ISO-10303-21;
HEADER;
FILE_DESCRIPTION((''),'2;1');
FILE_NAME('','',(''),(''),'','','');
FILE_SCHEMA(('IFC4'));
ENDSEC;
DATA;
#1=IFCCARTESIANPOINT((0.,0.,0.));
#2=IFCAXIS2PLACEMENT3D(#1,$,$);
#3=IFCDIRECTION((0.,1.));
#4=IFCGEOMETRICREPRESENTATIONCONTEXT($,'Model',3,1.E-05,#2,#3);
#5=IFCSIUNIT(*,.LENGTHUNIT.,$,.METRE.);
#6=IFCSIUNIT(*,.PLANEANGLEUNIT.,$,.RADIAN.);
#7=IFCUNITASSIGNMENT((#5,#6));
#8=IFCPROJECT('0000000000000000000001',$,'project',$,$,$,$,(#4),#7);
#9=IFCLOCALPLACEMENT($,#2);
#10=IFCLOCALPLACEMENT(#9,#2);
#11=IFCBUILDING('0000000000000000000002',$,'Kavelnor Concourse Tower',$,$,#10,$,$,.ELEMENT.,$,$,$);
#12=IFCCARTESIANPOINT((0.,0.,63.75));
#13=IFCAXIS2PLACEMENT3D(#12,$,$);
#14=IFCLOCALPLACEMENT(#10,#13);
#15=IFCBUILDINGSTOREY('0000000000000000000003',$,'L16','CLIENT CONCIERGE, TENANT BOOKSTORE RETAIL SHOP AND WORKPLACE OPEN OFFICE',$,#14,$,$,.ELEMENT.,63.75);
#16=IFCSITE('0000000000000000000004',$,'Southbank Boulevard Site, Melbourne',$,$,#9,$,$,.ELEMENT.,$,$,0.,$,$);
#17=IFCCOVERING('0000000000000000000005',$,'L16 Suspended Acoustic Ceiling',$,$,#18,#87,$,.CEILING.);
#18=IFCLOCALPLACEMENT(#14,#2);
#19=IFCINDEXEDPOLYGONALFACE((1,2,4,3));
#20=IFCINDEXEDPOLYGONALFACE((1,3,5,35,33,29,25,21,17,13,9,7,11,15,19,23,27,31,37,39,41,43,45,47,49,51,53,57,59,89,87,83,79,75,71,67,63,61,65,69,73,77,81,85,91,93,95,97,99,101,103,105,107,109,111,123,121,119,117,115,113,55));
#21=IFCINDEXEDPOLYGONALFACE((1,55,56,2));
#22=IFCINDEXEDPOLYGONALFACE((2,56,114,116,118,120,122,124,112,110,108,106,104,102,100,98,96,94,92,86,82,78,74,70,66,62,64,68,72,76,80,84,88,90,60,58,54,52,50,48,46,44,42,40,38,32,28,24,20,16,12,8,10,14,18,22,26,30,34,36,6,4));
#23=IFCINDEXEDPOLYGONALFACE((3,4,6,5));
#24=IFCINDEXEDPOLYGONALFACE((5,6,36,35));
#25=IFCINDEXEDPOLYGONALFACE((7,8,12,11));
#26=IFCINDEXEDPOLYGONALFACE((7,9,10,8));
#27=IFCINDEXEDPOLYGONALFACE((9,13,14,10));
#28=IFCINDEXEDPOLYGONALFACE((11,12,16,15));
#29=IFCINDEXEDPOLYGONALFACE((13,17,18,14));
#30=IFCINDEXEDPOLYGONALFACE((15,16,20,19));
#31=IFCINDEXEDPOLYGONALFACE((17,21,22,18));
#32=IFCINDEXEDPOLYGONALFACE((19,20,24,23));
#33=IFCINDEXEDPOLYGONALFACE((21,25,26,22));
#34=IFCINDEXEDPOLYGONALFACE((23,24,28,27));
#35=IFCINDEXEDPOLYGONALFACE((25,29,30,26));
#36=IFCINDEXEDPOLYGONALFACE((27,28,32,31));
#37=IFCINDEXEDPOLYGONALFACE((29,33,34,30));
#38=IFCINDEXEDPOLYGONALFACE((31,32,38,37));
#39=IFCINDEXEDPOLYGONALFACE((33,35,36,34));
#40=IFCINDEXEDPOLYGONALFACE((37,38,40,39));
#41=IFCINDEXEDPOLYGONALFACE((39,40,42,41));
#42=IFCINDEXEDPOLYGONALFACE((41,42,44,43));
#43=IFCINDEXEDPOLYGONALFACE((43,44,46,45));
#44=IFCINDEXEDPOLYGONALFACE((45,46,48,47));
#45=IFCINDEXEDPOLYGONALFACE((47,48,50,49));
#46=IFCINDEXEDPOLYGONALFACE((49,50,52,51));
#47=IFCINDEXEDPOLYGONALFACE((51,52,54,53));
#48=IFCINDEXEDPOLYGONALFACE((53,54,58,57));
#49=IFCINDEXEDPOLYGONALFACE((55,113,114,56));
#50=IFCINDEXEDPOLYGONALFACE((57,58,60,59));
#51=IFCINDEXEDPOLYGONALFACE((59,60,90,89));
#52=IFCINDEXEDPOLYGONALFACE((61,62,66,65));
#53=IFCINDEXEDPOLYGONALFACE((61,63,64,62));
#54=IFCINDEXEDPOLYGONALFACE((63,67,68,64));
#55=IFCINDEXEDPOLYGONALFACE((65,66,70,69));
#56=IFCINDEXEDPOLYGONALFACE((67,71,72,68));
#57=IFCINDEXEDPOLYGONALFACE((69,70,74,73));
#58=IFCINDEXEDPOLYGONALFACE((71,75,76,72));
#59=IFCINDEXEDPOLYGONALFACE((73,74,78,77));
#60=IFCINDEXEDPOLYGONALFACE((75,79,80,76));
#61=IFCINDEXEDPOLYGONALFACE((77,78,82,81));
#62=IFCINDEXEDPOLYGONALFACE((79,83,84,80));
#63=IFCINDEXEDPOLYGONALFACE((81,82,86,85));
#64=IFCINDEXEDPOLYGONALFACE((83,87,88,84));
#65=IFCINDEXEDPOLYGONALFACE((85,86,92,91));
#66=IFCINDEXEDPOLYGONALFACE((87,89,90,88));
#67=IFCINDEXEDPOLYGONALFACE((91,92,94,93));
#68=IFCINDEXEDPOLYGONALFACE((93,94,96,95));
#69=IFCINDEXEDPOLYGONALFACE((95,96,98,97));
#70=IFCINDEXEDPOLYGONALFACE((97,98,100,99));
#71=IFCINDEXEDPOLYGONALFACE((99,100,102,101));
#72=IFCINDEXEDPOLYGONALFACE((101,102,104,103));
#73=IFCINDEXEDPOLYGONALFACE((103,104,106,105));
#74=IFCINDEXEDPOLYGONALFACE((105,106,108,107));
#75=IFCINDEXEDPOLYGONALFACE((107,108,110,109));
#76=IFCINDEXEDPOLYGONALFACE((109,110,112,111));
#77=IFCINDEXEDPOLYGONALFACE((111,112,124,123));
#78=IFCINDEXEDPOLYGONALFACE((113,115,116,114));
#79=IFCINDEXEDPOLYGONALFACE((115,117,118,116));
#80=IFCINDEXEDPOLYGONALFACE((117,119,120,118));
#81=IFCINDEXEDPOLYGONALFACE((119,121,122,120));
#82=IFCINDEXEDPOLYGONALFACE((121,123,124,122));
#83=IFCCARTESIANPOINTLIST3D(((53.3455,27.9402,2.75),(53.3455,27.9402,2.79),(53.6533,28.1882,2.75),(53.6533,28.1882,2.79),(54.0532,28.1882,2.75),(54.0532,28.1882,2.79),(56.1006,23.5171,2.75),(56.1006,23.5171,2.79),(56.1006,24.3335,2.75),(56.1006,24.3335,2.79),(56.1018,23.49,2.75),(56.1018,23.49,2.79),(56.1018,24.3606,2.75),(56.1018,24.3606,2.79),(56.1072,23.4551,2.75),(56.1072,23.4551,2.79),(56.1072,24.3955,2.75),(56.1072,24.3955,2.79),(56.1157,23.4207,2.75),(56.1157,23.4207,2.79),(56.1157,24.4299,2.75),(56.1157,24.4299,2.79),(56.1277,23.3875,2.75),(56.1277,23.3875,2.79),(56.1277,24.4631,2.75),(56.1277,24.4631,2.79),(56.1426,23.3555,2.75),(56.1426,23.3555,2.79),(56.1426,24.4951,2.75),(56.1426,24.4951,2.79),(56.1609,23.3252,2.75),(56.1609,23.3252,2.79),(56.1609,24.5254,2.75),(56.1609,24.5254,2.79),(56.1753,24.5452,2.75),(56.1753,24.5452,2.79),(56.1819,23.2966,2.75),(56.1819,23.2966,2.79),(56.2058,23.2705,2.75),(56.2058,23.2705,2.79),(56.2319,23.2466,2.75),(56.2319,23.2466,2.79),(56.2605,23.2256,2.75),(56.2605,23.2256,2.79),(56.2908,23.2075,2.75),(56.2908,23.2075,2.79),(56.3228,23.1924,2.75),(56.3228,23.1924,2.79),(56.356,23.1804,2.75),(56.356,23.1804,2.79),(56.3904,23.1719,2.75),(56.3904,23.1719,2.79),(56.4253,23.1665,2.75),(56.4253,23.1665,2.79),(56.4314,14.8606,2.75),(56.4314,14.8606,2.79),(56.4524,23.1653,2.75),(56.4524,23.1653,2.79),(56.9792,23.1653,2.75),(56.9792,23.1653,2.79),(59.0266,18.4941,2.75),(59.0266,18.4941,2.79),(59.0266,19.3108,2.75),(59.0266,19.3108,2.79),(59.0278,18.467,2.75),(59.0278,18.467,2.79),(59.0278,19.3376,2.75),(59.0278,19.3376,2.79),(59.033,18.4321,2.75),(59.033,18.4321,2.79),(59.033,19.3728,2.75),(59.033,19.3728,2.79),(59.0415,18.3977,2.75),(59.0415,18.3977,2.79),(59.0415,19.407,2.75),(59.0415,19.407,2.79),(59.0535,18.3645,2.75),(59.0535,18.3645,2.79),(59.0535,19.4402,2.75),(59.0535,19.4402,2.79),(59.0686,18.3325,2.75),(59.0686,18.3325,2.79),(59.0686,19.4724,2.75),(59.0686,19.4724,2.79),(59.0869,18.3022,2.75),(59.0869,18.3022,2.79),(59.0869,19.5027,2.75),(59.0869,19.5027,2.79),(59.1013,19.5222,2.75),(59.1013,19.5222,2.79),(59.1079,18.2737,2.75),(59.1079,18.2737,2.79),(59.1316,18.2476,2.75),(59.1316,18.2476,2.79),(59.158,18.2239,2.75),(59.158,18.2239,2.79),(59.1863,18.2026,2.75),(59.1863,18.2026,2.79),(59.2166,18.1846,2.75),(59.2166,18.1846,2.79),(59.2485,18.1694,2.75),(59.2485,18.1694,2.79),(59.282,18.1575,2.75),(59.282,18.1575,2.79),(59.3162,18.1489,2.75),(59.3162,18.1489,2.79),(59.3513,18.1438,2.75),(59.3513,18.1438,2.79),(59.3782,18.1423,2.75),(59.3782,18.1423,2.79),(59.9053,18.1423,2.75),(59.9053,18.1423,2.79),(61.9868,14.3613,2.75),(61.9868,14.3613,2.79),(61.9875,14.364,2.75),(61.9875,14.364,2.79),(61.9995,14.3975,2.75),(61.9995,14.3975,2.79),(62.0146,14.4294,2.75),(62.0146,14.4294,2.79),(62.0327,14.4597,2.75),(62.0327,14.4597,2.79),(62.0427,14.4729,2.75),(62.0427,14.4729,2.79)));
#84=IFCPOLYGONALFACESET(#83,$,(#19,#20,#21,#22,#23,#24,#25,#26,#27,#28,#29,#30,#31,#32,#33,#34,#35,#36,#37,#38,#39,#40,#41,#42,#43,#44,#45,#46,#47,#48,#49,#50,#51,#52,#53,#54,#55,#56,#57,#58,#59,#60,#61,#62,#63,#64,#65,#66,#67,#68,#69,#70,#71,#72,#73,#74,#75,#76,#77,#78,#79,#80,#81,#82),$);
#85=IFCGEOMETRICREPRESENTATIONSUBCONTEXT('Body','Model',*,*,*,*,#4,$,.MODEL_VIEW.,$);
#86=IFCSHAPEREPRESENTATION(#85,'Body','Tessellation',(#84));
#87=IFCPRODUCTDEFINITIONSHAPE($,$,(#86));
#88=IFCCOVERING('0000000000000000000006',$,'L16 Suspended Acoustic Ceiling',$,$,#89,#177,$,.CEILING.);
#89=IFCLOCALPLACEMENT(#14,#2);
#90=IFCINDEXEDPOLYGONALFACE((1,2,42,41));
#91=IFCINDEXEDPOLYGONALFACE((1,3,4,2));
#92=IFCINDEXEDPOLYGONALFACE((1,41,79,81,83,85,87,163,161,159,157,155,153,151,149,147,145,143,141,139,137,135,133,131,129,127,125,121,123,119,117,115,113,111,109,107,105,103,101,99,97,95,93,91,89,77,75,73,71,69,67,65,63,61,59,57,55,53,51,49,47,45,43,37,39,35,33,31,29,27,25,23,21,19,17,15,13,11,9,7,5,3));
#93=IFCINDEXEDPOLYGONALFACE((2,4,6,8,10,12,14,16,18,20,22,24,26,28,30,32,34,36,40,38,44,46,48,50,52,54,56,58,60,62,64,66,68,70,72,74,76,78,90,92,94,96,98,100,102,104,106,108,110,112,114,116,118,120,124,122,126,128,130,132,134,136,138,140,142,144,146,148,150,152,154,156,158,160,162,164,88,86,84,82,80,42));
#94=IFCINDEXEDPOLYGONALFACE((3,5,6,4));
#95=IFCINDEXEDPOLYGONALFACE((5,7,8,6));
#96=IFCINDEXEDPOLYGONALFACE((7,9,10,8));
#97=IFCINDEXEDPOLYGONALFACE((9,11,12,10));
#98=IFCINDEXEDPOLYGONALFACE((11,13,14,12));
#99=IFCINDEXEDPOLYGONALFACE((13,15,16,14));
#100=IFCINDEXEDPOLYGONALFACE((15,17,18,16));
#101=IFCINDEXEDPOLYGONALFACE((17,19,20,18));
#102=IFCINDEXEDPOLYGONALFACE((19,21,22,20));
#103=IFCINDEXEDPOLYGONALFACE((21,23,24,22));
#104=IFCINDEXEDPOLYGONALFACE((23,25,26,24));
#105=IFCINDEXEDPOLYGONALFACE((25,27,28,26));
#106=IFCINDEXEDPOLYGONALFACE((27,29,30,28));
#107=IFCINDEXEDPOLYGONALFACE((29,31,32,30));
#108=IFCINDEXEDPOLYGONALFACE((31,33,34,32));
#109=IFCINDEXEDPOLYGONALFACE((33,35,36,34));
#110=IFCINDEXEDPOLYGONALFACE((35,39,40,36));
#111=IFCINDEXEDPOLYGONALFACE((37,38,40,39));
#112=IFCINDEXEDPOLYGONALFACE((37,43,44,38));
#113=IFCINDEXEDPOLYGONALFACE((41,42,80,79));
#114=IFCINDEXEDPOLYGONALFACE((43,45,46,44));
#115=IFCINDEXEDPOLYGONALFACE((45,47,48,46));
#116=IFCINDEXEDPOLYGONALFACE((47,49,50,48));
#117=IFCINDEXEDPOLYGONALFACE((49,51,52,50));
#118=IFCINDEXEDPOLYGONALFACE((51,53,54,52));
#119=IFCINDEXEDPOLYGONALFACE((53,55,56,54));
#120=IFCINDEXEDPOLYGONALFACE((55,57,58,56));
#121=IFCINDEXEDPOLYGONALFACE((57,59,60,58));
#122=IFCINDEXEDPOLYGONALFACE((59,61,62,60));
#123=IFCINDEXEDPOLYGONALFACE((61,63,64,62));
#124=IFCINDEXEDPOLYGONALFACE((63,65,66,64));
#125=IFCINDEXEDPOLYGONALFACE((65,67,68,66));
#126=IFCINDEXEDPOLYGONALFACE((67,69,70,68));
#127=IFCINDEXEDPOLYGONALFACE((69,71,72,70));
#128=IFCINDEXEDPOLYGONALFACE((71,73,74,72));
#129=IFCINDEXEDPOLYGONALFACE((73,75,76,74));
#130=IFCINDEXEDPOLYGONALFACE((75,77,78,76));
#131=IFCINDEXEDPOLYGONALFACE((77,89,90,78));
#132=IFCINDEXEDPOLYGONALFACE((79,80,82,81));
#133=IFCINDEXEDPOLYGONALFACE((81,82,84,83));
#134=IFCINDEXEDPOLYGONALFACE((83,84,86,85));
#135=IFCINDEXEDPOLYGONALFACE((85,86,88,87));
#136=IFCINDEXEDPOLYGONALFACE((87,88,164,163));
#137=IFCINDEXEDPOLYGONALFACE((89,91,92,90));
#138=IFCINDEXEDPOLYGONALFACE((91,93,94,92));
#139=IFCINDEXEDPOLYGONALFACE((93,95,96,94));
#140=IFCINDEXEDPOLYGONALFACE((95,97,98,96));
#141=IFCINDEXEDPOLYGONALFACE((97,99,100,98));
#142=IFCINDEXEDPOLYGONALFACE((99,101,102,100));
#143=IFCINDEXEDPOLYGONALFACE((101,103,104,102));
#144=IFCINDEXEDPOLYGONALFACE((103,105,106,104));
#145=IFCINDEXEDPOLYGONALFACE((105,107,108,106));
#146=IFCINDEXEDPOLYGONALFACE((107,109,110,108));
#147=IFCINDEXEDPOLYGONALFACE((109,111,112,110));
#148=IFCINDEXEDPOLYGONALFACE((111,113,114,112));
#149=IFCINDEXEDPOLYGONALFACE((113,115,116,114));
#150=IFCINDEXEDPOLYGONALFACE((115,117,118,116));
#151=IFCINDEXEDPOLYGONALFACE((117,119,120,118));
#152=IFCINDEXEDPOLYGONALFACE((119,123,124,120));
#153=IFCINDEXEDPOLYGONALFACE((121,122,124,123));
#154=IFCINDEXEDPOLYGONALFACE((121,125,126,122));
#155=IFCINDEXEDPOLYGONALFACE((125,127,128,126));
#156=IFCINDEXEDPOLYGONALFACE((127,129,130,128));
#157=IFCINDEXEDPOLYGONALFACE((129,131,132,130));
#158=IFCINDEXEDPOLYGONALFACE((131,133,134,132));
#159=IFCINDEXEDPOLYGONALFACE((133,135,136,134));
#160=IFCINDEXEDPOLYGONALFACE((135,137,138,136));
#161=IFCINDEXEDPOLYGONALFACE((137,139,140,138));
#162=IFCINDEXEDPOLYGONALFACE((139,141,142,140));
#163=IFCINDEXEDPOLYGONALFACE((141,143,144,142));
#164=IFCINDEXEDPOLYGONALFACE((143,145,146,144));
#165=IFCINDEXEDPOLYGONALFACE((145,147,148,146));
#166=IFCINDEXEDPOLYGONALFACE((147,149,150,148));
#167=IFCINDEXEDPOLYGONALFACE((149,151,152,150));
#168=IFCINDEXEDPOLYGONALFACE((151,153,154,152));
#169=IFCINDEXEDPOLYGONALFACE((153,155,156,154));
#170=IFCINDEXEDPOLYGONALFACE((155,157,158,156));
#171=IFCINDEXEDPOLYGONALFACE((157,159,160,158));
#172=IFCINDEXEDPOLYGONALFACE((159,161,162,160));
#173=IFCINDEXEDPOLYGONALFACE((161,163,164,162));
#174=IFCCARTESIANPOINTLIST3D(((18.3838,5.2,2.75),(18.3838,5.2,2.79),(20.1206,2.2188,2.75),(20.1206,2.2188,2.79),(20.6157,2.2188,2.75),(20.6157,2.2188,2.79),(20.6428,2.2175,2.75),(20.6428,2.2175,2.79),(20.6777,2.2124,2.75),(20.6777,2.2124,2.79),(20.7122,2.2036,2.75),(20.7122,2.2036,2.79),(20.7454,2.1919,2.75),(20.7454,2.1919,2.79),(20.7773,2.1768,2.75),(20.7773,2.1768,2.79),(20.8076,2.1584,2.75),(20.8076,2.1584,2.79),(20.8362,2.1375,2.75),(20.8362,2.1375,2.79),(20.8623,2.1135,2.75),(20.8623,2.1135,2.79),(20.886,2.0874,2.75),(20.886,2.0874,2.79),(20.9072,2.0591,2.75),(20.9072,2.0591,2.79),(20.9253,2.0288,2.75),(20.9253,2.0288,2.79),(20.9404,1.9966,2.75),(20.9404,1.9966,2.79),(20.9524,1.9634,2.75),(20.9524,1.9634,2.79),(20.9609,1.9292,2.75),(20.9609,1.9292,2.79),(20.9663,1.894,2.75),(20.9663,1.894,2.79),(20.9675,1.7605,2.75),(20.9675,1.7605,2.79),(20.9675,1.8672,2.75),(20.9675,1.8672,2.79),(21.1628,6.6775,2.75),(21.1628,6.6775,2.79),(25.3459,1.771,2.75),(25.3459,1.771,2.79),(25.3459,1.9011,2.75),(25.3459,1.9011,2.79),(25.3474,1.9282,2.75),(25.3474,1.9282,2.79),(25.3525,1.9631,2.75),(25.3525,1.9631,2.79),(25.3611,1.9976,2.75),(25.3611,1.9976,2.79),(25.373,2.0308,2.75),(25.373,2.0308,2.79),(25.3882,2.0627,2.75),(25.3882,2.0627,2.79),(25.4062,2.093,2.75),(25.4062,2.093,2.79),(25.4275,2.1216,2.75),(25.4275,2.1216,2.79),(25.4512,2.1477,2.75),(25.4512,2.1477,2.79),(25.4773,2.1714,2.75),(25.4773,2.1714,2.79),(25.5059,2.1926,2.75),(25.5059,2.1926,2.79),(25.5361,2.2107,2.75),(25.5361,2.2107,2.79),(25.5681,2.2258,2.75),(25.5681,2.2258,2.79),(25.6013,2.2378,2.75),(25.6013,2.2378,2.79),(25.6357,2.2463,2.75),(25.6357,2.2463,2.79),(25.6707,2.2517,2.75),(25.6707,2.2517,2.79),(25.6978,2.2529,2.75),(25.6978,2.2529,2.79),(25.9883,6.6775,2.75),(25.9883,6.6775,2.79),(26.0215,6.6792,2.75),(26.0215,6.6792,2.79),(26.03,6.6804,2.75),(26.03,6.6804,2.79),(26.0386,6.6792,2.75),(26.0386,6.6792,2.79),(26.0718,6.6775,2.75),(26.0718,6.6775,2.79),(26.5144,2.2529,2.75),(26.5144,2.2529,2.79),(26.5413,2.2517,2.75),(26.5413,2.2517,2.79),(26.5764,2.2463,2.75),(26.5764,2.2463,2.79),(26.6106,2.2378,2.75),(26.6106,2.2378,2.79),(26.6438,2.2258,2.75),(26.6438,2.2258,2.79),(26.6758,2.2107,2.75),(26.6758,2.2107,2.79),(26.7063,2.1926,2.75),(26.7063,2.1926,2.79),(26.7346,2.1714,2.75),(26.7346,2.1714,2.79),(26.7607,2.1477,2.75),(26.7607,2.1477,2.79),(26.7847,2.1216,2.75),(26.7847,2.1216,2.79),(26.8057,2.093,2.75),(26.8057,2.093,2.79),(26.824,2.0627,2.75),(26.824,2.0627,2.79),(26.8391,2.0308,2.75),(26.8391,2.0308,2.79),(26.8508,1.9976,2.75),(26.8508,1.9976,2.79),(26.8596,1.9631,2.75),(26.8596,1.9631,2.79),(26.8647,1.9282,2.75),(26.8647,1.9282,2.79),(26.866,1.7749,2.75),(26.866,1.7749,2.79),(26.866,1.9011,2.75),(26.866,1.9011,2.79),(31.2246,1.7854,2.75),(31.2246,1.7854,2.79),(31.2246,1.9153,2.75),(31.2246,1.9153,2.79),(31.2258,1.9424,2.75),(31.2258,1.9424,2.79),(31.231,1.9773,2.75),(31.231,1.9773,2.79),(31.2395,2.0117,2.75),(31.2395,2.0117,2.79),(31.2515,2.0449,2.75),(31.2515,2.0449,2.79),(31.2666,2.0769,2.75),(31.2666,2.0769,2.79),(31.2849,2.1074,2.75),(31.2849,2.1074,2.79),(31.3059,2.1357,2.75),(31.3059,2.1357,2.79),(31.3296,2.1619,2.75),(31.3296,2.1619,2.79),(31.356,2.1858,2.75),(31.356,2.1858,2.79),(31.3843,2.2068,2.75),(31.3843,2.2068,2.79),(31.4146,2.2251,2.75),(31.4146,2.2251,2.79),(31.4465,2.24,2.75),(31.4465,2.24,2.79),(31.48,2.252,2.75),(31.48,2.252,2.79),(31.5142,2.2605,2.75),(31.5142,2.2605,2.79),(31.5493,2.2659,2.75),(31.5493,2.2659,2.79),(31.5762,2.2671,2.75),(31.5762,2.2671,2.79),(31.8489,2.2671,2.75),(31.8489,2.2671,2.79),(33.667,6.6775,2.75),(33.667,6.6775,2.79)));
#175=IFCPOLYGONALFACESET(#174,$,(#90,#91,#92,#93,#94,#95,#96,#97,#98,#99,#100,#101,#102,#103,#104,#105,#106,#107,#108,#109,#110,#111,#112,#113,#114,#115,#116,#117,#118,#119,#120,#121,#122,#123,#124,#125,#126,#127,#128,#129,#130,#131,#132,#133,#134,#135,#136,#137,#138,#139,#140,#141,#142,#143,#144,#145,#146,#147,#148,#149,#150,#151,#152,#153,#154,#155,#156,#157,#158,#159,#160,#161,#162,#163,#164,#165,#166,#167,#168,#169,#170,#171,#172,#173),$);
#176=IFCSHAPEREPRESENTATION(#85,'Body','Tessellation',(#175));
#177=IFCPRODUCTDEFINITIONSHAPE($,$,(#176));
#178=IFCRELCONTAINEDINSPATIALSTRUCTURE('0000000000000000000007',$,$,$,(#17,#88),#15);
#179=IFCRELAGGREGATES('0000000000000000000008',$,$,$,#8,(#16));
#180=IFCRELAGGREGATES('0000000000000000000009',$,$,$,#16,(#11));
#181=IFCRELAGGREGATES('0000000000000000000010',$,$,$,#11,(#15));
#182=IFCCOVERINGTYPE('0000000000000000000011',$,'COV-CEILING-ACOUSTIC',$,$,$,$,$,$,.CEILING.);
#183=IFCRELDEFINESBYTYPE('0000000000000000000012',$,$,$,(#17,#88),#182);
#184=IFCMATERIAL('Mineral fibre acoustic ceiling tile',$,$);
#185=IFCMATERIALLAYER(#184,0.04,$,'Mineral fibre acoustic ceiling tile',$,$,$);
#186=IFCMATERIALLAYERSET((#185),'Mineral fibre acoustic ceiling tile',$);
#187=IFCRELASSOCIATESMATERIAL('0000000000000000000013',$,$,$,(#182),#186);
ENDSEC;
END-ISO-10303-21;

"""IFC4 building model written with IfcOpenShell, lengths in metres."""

from ifc_helpers import new_model, si_unit, direction, frame, origin, place, context, subcontext, project, spatial, polyline, outline, extrude, material, layer, layer_set, type_object, element, save


model = new_model("IFC4")

# Units and contexts
model_context = context("Model", 3, precision=1e-05, world=origin(), true_north=direction((0.0, 1.0)))
body_context = subcontext(model_context, "Body", "Model", "MODEL_VIEW")
ifc_project = project(units=[si_unit("LENGTHUNIT", "METRE"), si_unit("PLANEANGLEUNIT", "RADIAN")], contexts=[model_context])

# Site, building, storey
site_placement = place(None, origin())
site = spatial("IfcSite", under=ifc_project, at=site_placement, Name="Southbank Boulevard Site, Melbourne", CompositionType="ELEMENT", RefElevation=0.0)
building_placement = place(site_placement, origin())
building = spatial("IfcBuilding", under=site, at=building_placement, Name="Kavelnor Concourse Tower", CompositionType="ELEMENT")
storey_placement = place(building_placement, frame((0.0, 0.0, 63.75)))
storey = spatial("IfcBuildingStorey", under=building, at=storey_placement, Name="L16", Description="CLIENT CONCIERGE, TENANT BOOKSTORE RETAIL SHOP AND WORKPLACE OPEN OFFICE", CompositionType="ELEMENT", Elevation=63.75)

# Coverings
ifc_material_1 = material(Name="Mineral fibre acoustic ceiling tile")
ifc_layer_1 = layer(ifc_material_1, 0.04, Name="Mineral fibre acoustic ceiling tile")
ifc_layer_set_1 = layer_set([ifc_layer_1], Name="Mineral fibre acoustic ceiling tile")
covering_type_1 = type_object("IfcCoveringType", Name="COV-CEILING-ACOUSTIC", PredefinedType="CEILING", material=ifc_layer_set_1)
covering_1_placement = place(storey_placement, frame((0.0, 0.0, 2.75)))
element("IfcCovering", 1, at=covering_1_placement, inside=storey, type_object=covering_type_1, Name="L16 Suspended Acoustic Ceiling", PredefinedType="CEILING", context=body_context, shape_type="SweptSolid", body=[
    extrude(outline(polyline([(54.0532, 28.1882), (56.1753, 24.5452), (56.1609, 24.5254), (56.1426, 24.4951), (56.1277, 24.4631), (56.1157, 24.4299), (56.1072, 24.3955), (56.1018, 24.3606), (56.1006, 24.3335), (56.1006, 23.5171), (56.1018, 23.49), (56.1072, 23.4551), (56.1157, 23.4207), (56.1277, 23.3875), (56.1426, 23.3555), (56.1609, 23.3252), (56.1819, 23.2966), (56.2058, 23.2705), (56.2319, 23.2466), (56.2605, 23.2256), (56.2908, 23.2075), (56.3228, 23.1924), (56.356, 23.1804), (56.3904, 23.1719), (56.4253, 23.1665), (56.4524, 23.1653), (56.9792, 23.1653), (59.1013, 19.5222), (59.0869, 19.5027), (59.0686, 19.4724), (59.0535, 19.4402), (59.0415, 19.407), (59.033, 19.3728), (59.0278, 19.3376), (59.0266, 19.3108), (59.0266, 18.4941), (59.0278, 18.467), (59.033, 18.4321), (59.0415, 18.3977), (59.0535, 18.3645), (59.0686, 18.3325), (59.0869, 18.3022), (59.1079, 18.2737), (59.1316, 18.2476), (59.158, 18.2239), (59.1863, 18.2026), (59.2166, 18.1846), (59.2485, 18.1694), (59.282, 18.1575), (59.3162, 18.1489), (59.3513, 18.1438), (59.3782, 18.1423), (59.9053, 18.1423), (62.0427, 14.4729), (62.0327, 14.4597), (62.0146, 14.4294), (61.9995, 14.3975), (61.9875, 14.364), (61.9868, 14.3613), (56.4314, 14.8606), (53.3455, 27.9402), (53.6533, 28.1882), (54.0532, 28.1882)])), origin(), (0.0, 0.0, 1.0), 0.04),
])
covering_2_placement = place(storey_placement, frame((0.0, 0.0, 2.75)))
element("IfcCovering", 2, at=covering_2_placement, inside=storey, type_object=covering_type_1, Name="L16 Suspended Acoustic Ceiling", PredefinedType="CEILING", context=body_context, shape_type="SweptSolid", body=[
    extrude(outline(polyline([(26.0215, 6.6792), (26.03, 6.6804), (26.0386, 6.6792), (26.0718, 6.6775), (33.667, 6.6775), (31.8489, 2.2671), (31.5762, 2.2671), (31.5493, 2.2659), (31.5142, 2.2605), (31.48, 2.252), (31.4465, 2.24), (31.4146, 2.2251), (31.3843, 2.2068), (31.356, 2.1858), (31.3296, 2.1619), (31.3059, 2.1357), (31.2849, 2.1074), (31.2666, 2.0769), (31.2515, 2.0449), (31.2395, 2.0117), (31.231, 1.9773), (31.2258, 1.9424), (31.2246, 1.9153), (31.2246, 1.7854), (26.866, 1.7749), (26.866, 1.9011), (26.8647, 1.9282), (26.8596, 1.9631), (26.8508, 1.9976), (26.8391, 2.0308), (26.824, 2.0627), (26.8057, 2.093), (26.7847, 2.1216), (26.7607, 2.1477), (26.7346, 2.1714), (26.7063, 2.1926), (26.6758, 2.2107), (26.6438, 2.2258), (26.6106, 2.2378), (26.5764, 2.2463), (26.5413, 2.2517), (26.5144, 2.2529), (25.6978, 2.2529), (25.6707, 2.2517), (25.6357, 2.2463), (25.6013, 2.2378), (25.5681, 2.2258), (25.5361, 2.2107), (25.5059, 2.1926), (25.4773, 2.1714), (25.4512, 2.1477), (25.4275, 2.1216), (25.4062, 2.093), (25.3882, 2.0627), (25.373, 2.0308), (25.3611, 1.9976), (25.3525, 1.9631), (25.3474, 1.9282), (25.3459, 1.9011), (25.3459, 1.771), (20.9675, 1.7605), (20.9675, 1.8672), (20.9663, 1.894), (20.9609, 1.9292), (20.9524, 1.9634), (20.9404, 1.9966), (20.9253, 2.0288), (20.9072, 2.0591), (20.886, 2.0874), (20.8623, 2.1135), (20.8362, 2.1375), (20.8076, 2.1584), (20.7773, 2.1768), (20.7454, 2.1919), (20.7122, 2.2036), (20.6777, 2.2124), (20.6428, 2.2175), (20.6157, 2.2188), (20.1206, 2.2188), (18.3838, 5.2), (21.1628, 6.6775), (25.9883, 6.6775), (26.0215, 6.6792)])), origin(), (0.0, 0.0, 1.0), 0.04),
])

save(model, "model.ifc")
